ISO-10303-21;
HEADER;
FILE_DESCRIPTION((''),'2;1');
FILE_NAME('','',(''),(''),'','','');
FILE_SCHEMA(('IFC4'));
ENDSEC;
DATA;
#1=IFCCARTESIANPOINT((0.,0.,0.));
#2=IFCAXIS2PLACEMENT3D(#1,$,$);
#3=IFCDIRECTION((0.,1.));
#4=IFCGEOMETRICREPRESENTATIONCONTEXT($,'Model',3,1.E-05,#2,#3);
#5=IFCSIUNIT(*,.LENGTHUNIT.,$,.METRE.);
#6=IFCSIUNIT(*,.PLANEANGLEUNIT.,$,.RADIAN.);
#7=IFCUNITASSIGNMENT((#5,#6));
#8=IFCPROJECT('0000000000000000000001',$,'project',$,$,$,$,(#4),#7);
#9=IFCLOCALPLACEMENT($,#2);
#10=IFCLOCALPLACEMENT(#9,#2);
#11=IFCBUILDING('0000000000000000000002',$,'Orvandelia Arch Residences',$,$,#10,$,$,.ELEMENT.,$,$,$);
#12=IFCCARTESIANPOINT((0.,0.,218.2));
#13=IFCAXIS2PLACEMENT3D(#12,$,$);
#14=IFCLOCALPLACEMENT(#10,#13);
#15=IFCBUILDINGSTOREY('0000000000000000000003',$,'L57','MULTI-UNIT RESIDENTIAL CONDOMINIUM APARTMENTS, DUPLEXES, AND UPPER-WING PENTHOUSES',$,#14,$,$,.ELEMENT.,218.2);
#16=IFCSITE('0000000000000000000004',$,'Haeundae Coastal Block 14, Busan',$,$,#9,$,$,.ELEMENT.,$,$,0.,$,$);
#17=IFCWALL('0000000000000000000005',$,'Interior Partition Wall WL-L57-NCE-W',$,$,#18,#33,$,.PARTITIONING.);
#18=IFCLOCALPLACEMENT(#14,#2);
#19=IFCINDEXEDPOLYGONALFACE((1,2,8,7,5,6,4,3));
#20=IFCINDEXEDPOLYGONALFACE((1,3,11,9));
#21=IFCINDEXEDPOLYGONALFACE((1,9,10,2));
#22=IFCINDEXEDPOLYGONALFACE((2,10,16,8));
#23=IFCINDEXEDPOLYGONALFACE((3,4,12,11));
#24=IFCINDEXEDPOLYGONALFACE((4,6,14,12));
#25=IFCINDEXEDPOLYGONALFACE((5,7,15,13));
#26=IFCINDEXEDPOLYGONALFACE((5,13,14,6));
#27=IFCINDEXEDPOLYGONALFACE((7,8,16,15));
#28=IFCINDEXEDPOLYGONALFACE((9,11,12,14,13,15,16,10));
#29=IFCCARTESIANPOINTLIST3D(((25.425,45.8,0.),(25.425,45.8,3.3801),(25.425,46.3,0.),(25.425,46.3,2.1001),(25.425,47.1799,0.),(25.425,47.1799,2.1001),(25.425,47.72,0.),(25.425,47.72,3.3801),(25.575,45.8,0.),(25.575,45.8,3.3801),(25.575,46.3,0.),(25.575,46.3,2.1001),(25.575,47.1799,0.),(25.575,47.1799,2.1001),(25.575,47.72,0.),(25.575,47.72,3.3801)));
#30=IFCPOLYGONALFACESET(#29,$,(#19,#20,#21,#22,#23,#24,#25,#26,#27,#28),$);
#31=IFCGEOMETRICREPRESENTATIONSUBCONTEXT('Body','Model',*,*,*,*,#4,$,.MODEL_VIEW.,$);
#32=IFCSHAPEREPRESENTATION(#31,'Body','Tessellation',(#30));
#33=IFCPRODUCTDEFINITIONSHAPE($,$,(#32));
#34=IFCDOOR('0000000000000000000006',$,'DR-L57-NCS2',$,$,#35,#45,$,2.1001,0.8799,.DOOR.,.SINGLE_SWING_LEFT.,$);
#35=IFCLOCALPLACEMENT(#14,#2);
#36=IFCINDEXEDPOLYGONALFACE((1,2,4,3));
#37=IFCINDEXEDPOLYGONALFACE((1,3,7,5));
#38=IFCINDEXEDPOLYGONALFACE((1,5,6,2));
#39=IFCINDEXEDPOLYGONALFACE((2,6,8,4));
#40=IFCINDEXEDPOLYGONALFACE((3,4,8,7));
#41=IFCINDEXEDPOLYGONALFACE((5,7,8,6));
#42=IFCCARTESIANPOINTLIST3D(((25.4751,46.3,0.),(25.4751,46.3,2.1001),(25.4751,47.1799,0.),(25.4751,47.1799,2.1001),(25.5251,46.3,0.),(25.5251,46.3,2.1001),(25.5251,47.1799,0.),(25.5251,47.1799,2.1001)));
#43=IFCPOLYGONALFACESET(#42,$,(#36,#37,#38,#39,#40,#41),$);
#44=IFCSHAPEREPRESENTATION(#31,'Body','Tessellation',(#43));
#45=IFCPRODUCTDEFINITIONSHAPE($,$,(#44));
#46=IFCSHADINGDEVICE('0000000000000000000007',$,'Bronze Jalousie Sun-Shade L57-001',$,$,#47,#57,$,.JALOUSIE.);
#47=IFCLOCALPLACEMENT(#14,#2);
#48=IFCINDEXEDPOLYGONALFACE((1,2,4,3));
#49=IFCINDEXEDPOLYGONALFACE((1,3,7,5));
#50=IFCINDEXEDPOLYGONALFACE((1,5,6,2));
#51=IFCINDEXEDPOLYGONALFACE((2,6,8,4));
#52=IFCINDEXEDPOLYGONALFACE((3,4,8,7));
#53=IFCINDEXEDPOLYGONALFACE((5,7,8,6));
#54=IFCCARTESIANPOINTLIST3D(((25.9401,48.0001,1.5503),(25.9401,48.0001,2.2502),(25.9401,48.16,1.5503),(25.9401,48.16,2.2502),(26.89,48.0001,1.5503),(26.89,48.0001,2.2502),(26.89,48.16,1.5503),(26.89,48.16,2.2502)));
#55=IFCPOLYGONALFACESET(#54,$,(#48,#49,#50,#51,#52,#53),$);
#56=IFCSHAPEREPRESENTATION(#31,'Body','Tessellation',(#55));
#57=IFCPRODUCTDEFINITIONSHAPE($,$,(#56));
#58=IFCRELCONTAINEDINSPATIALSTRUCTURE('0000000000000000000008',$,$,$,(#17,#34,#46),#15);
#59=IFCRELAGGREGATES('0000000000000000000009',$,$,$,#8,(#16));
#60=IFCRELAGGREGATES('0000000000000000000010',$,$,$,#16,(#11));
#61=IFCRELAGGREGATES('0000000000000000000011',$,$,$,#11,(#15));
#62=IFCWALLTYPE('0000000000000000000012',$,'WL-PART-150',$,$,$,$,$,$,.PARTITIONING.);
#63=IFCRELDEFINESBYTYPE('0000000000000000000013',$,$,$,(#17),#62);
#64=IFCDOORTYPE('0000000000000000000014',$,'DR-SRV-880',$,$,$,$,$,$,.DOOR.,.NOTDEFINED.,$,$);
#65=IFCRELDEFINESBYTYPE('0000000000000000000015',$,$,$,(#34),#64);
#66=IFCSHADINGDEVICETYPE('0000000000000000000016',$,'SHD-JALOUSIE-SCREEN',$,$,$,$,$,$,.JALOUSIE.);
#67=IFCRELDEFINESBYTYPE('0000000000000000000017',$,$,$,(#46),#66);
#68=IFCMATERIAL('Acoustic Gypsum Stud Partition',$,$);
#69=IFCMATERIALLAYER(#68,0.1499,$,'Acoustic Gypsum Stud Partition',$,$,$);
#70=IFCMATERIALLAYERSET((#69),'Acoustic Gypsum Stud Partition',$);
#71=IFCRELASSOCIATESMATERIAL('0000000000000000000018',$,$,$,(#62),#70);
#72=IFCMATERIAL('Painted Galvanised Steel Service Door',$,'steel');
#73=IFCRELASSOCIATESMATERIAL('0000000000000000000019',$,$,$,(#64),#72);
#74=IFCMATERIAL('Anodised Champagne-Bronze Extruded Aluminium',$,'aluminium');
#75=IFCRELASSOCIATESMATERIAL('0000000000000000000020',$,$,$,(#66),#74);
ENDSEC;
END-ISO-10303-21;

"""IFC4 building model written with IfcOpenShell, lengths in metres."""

from ifc_helpers import new_model, si_unit, direction, frame, frame_2d, origin, origin_2d, place, context, subcontext, project, spatial, rectangle, extrude, material, layer, layer_set, type_object, element, fill, save


model = new_model("IFC4")

# Units and contexts
model_context = context("Model", 3, precision=1e-05, world=origin(), true_north=direction((0.0, 1.0)))
body_context = subcontext(model_context, "Body", "Model", "MODEL_VIEW")
ifc_project = project(units=[si_unit("LENGTHUNIT", "METRE"), si_unit("PLANEANGLEUNIT", "RADIAN")], contexts=[model_context])

# Site, building, storey
site_placement = place(None, origin())
site = spatial("IfcSite", under=ifc_project, at=site_placement, Name="Haeundae Coastal Block 14, Busan", CompositionType="ELEMENT", RefElevation=0.0)
building_placement = place(site_placement, origin())
building = spatial("IfcBuilding", under=site, at=building_placement, Name="Orvandelia Arch Residences", CompositionType="ELEMENT")
storey_placement = place(building_placement, frame((0.0, 0.0, 218.2)))
storey = spatial("IfcBuildingStorey", under=building, at=storey_placement, Name="L57", Description="MULTI-UNIT RESIDENTIAL CONDOMINIUM APARTMENTS, DUPLEXES, AND UPPER-WING PENTHOUSES", CompositionType="ELEMENT", Elevation=218.2)

# Wall, opening, door
ifc_material_1 = material(Name="Acoustic Gypsum Stud Partition")
ifc_layer_1 = layer(ifc_material_1, 0.1499, Name="Acoustic Gypsum Stud Partition")
ifc_layer_set_1 = layer_set([ifc_layer_1], Name="Acoustic Gypsum Stud Partition")
wall_type_1 = type_object("IfcWallType", Name="WL-PART-150", PredefinedType="PARTITIONING", material=ifc_layer_set_1)
wall_1_placement = place(storey_placement, frame((25.5, 45.8, 0.0), z_axis=(0.0, 0.0, 1.0), x_axis=(0.0, 1.0, 0.0)))
wall_1 = element("IfcWall", 1, at=wall_1_placement, inside=storey, type_object=wall_type_1, Name="Interior Partition Wall WL-L57-NCE-W", PredefinedType="PARTITIONING", context=body_context, shape_type="SweptSolid", body=[
    extrude(rectangle(XDim=1.9199, YDim=0.1499, at=frame_2d((0.96, 0.0))), origin(), (0.0, 0.0, 1.0), 3.3801),
])
opening_1_placement = place(wall_1_placement, frame((0.5, 0.0, 0.0)))
opening_1 = element("IfcOpeningElement", 2, at=opening_1_placement, cuts=wall_1, PredefinedType="OPENING", context=body_context, shape_type="SweptSolid", body=[
    extrude(rectangle(XDim=0.8799, YDim=2.1001, at=frame_2d((0.4399, 1.05))), frame((0.0, 0.085, 0.0), z_axis=(0.0, -1.0, 0.0), x_axis=(1.0, 0.0, 0.0)), (0.0, 0.0, 1.0), 0.1699),
])
ifc_material_2 = material(Name="Painted Galvanised Steel Service Door", Category="steel")
door_type_1 = type_object("IfcDoorType", Name="DR-SRV-880", OperationType="NOTDEFINED", PredefinedType="DOOR", material=ifc_material_2)
door_1_placement = place(opening_1_placement, origin())
door_1 = element("IfcDoor", 3, at=door_1_placement, inside=storey, type_object=door_type_1, Name="DR-L57-NCS2", OperationType="SINGLE_SWING_LEFT", OverallHeight=2.1001, OverallWidth=0.8799, PredefinedType="DOOR", context=body_context, shape_type="SweptSolid", body=[
    extrude(rectangle(XDim=0.8799, YDim=2.1001, at=frame_2d((0.4399, 1.05))), frame((0.0, 0.0249, 0.0), z_axis=(0.0, -1.0, 0.0), x_axis=(1.0, 0.0, 0.0)), (0.0, 0.0, 1.0), 0.05),
])
fill(opening_1, door_1)

# Shading device
ifc_material_3 = material(Name="Anodised Champagne-Bronze Extruded Aluminium", Category="aluminium")
shading_device_type = type_object("IfcShadingDeviceType", Name="SHD-JALOUSIE-SCREEN", PredefinedType="JALOUSIE", material=ifc_material_3)
shading_device_placement = place(storey_placement, frame((26.415, 48.0801, 1.5503), z_axis=(0.0, 0.0, 1.0), x_axis=(1.0, 0.0, 0.0)))
element("IfcShadingDevice", 4, at=shading_device_placement, inside=storey, type_object=shading_device_type, Name="Bronze Jalousie Sun-Shade L57-001", PredefinedType="JALOUSIE", context=body_context, shape_type="SweptSolid", body=[
    extrude(rectangle(XDim=0.95, YDim=0.1599, at=origin_2d()), origin(), (0.0, 0.0, 1.0), 0.7),
])

save(model, "model.ifc")
